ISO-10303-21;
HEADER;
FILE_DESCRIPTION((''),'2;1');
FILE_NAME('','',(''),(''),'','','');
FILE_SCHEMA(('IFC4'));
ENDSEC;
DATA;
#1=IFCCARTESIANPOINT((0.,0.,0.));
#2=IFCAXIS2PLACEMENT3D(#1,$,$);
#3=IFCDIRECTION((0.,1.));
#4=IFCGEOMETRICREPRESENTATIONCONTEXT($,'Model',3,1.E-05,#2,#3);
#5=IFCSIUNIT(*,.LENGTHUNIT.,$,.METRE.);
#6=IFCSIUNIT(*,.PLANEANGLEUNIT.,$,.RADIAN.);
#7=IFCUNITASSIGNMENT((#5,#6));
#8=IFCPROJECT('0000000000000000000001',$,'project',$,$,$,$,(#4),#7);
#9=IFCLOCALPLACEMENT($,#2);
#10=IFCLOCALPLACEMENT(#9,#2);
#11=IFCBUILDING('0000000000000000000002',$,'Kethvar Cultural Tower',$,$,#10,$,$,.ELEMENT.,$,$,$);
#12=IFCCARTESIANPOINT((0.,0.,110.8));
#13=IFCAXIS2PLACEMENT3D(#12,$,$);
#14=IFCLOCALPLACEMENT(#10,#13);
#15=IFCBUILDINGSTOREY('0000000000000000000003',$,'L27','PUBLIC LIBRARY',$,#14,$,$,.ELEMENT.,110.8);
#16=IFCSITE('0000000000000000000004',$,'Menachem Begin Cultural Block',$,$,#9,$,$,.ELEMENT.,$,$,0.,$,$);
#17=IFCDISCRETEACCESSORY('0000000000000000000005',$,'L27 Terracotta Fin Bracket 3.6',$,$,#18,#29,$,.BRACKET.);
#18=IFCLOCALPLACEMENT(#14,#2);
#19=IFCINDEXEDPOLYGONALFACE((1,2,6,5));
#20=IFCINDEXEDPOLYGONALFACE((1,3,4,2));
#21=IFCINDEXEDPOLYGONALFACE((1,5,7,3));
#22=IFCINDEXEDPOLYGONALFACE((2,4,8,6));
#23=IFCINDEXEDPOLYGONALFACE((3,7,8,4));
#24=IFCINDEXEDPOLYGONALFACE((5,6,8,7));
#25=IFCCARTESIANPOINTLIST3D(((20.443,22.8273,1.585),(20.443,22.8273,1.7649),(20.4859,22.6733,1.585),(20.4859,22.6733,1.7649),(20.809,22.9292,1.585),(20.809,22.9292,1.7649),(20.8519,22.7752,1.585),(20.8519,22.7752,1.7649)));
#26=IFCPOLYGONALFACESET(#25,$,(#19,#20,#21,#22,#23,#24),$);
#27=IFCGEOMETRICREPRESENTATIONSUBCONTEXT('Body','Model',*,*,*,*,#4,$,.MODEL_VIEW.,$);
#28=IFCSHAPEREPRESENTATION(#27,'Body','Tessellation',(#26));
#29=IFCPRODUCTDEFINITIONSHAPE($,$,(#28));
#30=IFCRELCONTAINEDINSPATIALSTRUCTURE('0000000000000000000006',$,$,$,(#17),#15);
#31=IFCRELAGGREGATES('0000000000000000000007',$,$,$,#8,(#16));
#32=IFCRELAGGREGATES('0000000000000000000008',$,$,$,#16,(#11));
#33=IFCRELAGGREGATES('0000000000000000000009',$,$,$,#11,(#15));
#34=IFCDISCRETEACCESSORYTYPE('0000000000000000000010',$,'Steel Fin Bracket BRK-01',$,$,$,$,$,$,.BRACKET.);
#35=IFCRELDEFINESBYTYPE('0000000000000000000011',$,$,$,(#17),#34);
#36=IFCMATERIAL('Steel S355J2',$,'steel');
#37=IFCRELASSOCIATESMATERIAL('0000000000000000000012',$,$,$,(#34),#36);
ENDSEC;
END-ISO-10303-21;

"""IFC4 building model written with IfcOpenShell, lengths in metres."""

from ifc_helpers import new_model, si_unit, direction, frame, origin, origin_2d, place, context, subcontext, project, spatial, rectangle, extrude, source, transform, mapped, material, type_object, element, save


model = new_model("IFC4")

# Units and contexts
model_context = context("Model", 3, precision=1e-05, world=origin(), true_north=direction((0.0, 1.0)))
body_context = subcontext(model_context, "Body", "Model", "MODEL_VIEW")
ifc_project = project(units=[si_unit("LENGTHUNIT", "METRE"), si_unit("PLANEANGLEUNIT", "RADIAN")], contexts=[model_context])

# Site, building, storey
site_placement = place(None, origin())
site = spatial("IfcSite", under=ifc_project, at=site_placement, Name="Menachem Begin Cultural Block", CompositionType="ELEMENT", RefElevation=0.0)
building_placement = place(site_placement, origin())
building = spatial("IfcBuilding", under=site, at=building_placement, Name="Kethvar Cultural Tower", CompositionType="ELEMENT")
storey_placement = place(building_placement, frame((0.0, 0.0, 110.8)))
storey = spatial("IfcBuildingStorey", under=building, at=storey_placement, Name="L27", Description="PUBLIC LIBRARY", CompositionType="ELEMENT", Elevation=110.8)

# Shared definitions
ifc_material_1 = material(Name="Steel S355J2", Category="steel")

# Discrete accessory
discrete_accessory_type = type_object("IfcDiscreteAccessoryType", Name="Steel Fin Bracket BRK-01", PredefinedType="BRACKET", material=ifc_material_1)
shared_shape_1 = source(origin(), body_context, "Body", "SweptSolid", [
    extrude(rectangle(XDim=0.3799, YDim=0.1599, at=origin_2d()), origin(), (0.0, 0.0, 1.0), 0.1799),
])
discrete_accessory_placement = place(storey_placement, frame((20.6475, 22.8013, 1.585), z_axis=(0.0, 0.0, 1.0), x_axis=(-0.96335, -0.268247, 0.0)))
element("IfcDiscreteAccessory", 1, at=discrete_accessory_placement, inside=storey, type_object=discrete_accessory_type, Name="L27 Terracotta Fin Bracket 3.6", PredefinedType="BRACKET", context=body_context, shape_type="MappedRepresentation", body=[
    mapped(shared_shape_1, transform((0.0, 0.0, 0.0), scale=1.0)),
])

save(model, "model.ifc")
